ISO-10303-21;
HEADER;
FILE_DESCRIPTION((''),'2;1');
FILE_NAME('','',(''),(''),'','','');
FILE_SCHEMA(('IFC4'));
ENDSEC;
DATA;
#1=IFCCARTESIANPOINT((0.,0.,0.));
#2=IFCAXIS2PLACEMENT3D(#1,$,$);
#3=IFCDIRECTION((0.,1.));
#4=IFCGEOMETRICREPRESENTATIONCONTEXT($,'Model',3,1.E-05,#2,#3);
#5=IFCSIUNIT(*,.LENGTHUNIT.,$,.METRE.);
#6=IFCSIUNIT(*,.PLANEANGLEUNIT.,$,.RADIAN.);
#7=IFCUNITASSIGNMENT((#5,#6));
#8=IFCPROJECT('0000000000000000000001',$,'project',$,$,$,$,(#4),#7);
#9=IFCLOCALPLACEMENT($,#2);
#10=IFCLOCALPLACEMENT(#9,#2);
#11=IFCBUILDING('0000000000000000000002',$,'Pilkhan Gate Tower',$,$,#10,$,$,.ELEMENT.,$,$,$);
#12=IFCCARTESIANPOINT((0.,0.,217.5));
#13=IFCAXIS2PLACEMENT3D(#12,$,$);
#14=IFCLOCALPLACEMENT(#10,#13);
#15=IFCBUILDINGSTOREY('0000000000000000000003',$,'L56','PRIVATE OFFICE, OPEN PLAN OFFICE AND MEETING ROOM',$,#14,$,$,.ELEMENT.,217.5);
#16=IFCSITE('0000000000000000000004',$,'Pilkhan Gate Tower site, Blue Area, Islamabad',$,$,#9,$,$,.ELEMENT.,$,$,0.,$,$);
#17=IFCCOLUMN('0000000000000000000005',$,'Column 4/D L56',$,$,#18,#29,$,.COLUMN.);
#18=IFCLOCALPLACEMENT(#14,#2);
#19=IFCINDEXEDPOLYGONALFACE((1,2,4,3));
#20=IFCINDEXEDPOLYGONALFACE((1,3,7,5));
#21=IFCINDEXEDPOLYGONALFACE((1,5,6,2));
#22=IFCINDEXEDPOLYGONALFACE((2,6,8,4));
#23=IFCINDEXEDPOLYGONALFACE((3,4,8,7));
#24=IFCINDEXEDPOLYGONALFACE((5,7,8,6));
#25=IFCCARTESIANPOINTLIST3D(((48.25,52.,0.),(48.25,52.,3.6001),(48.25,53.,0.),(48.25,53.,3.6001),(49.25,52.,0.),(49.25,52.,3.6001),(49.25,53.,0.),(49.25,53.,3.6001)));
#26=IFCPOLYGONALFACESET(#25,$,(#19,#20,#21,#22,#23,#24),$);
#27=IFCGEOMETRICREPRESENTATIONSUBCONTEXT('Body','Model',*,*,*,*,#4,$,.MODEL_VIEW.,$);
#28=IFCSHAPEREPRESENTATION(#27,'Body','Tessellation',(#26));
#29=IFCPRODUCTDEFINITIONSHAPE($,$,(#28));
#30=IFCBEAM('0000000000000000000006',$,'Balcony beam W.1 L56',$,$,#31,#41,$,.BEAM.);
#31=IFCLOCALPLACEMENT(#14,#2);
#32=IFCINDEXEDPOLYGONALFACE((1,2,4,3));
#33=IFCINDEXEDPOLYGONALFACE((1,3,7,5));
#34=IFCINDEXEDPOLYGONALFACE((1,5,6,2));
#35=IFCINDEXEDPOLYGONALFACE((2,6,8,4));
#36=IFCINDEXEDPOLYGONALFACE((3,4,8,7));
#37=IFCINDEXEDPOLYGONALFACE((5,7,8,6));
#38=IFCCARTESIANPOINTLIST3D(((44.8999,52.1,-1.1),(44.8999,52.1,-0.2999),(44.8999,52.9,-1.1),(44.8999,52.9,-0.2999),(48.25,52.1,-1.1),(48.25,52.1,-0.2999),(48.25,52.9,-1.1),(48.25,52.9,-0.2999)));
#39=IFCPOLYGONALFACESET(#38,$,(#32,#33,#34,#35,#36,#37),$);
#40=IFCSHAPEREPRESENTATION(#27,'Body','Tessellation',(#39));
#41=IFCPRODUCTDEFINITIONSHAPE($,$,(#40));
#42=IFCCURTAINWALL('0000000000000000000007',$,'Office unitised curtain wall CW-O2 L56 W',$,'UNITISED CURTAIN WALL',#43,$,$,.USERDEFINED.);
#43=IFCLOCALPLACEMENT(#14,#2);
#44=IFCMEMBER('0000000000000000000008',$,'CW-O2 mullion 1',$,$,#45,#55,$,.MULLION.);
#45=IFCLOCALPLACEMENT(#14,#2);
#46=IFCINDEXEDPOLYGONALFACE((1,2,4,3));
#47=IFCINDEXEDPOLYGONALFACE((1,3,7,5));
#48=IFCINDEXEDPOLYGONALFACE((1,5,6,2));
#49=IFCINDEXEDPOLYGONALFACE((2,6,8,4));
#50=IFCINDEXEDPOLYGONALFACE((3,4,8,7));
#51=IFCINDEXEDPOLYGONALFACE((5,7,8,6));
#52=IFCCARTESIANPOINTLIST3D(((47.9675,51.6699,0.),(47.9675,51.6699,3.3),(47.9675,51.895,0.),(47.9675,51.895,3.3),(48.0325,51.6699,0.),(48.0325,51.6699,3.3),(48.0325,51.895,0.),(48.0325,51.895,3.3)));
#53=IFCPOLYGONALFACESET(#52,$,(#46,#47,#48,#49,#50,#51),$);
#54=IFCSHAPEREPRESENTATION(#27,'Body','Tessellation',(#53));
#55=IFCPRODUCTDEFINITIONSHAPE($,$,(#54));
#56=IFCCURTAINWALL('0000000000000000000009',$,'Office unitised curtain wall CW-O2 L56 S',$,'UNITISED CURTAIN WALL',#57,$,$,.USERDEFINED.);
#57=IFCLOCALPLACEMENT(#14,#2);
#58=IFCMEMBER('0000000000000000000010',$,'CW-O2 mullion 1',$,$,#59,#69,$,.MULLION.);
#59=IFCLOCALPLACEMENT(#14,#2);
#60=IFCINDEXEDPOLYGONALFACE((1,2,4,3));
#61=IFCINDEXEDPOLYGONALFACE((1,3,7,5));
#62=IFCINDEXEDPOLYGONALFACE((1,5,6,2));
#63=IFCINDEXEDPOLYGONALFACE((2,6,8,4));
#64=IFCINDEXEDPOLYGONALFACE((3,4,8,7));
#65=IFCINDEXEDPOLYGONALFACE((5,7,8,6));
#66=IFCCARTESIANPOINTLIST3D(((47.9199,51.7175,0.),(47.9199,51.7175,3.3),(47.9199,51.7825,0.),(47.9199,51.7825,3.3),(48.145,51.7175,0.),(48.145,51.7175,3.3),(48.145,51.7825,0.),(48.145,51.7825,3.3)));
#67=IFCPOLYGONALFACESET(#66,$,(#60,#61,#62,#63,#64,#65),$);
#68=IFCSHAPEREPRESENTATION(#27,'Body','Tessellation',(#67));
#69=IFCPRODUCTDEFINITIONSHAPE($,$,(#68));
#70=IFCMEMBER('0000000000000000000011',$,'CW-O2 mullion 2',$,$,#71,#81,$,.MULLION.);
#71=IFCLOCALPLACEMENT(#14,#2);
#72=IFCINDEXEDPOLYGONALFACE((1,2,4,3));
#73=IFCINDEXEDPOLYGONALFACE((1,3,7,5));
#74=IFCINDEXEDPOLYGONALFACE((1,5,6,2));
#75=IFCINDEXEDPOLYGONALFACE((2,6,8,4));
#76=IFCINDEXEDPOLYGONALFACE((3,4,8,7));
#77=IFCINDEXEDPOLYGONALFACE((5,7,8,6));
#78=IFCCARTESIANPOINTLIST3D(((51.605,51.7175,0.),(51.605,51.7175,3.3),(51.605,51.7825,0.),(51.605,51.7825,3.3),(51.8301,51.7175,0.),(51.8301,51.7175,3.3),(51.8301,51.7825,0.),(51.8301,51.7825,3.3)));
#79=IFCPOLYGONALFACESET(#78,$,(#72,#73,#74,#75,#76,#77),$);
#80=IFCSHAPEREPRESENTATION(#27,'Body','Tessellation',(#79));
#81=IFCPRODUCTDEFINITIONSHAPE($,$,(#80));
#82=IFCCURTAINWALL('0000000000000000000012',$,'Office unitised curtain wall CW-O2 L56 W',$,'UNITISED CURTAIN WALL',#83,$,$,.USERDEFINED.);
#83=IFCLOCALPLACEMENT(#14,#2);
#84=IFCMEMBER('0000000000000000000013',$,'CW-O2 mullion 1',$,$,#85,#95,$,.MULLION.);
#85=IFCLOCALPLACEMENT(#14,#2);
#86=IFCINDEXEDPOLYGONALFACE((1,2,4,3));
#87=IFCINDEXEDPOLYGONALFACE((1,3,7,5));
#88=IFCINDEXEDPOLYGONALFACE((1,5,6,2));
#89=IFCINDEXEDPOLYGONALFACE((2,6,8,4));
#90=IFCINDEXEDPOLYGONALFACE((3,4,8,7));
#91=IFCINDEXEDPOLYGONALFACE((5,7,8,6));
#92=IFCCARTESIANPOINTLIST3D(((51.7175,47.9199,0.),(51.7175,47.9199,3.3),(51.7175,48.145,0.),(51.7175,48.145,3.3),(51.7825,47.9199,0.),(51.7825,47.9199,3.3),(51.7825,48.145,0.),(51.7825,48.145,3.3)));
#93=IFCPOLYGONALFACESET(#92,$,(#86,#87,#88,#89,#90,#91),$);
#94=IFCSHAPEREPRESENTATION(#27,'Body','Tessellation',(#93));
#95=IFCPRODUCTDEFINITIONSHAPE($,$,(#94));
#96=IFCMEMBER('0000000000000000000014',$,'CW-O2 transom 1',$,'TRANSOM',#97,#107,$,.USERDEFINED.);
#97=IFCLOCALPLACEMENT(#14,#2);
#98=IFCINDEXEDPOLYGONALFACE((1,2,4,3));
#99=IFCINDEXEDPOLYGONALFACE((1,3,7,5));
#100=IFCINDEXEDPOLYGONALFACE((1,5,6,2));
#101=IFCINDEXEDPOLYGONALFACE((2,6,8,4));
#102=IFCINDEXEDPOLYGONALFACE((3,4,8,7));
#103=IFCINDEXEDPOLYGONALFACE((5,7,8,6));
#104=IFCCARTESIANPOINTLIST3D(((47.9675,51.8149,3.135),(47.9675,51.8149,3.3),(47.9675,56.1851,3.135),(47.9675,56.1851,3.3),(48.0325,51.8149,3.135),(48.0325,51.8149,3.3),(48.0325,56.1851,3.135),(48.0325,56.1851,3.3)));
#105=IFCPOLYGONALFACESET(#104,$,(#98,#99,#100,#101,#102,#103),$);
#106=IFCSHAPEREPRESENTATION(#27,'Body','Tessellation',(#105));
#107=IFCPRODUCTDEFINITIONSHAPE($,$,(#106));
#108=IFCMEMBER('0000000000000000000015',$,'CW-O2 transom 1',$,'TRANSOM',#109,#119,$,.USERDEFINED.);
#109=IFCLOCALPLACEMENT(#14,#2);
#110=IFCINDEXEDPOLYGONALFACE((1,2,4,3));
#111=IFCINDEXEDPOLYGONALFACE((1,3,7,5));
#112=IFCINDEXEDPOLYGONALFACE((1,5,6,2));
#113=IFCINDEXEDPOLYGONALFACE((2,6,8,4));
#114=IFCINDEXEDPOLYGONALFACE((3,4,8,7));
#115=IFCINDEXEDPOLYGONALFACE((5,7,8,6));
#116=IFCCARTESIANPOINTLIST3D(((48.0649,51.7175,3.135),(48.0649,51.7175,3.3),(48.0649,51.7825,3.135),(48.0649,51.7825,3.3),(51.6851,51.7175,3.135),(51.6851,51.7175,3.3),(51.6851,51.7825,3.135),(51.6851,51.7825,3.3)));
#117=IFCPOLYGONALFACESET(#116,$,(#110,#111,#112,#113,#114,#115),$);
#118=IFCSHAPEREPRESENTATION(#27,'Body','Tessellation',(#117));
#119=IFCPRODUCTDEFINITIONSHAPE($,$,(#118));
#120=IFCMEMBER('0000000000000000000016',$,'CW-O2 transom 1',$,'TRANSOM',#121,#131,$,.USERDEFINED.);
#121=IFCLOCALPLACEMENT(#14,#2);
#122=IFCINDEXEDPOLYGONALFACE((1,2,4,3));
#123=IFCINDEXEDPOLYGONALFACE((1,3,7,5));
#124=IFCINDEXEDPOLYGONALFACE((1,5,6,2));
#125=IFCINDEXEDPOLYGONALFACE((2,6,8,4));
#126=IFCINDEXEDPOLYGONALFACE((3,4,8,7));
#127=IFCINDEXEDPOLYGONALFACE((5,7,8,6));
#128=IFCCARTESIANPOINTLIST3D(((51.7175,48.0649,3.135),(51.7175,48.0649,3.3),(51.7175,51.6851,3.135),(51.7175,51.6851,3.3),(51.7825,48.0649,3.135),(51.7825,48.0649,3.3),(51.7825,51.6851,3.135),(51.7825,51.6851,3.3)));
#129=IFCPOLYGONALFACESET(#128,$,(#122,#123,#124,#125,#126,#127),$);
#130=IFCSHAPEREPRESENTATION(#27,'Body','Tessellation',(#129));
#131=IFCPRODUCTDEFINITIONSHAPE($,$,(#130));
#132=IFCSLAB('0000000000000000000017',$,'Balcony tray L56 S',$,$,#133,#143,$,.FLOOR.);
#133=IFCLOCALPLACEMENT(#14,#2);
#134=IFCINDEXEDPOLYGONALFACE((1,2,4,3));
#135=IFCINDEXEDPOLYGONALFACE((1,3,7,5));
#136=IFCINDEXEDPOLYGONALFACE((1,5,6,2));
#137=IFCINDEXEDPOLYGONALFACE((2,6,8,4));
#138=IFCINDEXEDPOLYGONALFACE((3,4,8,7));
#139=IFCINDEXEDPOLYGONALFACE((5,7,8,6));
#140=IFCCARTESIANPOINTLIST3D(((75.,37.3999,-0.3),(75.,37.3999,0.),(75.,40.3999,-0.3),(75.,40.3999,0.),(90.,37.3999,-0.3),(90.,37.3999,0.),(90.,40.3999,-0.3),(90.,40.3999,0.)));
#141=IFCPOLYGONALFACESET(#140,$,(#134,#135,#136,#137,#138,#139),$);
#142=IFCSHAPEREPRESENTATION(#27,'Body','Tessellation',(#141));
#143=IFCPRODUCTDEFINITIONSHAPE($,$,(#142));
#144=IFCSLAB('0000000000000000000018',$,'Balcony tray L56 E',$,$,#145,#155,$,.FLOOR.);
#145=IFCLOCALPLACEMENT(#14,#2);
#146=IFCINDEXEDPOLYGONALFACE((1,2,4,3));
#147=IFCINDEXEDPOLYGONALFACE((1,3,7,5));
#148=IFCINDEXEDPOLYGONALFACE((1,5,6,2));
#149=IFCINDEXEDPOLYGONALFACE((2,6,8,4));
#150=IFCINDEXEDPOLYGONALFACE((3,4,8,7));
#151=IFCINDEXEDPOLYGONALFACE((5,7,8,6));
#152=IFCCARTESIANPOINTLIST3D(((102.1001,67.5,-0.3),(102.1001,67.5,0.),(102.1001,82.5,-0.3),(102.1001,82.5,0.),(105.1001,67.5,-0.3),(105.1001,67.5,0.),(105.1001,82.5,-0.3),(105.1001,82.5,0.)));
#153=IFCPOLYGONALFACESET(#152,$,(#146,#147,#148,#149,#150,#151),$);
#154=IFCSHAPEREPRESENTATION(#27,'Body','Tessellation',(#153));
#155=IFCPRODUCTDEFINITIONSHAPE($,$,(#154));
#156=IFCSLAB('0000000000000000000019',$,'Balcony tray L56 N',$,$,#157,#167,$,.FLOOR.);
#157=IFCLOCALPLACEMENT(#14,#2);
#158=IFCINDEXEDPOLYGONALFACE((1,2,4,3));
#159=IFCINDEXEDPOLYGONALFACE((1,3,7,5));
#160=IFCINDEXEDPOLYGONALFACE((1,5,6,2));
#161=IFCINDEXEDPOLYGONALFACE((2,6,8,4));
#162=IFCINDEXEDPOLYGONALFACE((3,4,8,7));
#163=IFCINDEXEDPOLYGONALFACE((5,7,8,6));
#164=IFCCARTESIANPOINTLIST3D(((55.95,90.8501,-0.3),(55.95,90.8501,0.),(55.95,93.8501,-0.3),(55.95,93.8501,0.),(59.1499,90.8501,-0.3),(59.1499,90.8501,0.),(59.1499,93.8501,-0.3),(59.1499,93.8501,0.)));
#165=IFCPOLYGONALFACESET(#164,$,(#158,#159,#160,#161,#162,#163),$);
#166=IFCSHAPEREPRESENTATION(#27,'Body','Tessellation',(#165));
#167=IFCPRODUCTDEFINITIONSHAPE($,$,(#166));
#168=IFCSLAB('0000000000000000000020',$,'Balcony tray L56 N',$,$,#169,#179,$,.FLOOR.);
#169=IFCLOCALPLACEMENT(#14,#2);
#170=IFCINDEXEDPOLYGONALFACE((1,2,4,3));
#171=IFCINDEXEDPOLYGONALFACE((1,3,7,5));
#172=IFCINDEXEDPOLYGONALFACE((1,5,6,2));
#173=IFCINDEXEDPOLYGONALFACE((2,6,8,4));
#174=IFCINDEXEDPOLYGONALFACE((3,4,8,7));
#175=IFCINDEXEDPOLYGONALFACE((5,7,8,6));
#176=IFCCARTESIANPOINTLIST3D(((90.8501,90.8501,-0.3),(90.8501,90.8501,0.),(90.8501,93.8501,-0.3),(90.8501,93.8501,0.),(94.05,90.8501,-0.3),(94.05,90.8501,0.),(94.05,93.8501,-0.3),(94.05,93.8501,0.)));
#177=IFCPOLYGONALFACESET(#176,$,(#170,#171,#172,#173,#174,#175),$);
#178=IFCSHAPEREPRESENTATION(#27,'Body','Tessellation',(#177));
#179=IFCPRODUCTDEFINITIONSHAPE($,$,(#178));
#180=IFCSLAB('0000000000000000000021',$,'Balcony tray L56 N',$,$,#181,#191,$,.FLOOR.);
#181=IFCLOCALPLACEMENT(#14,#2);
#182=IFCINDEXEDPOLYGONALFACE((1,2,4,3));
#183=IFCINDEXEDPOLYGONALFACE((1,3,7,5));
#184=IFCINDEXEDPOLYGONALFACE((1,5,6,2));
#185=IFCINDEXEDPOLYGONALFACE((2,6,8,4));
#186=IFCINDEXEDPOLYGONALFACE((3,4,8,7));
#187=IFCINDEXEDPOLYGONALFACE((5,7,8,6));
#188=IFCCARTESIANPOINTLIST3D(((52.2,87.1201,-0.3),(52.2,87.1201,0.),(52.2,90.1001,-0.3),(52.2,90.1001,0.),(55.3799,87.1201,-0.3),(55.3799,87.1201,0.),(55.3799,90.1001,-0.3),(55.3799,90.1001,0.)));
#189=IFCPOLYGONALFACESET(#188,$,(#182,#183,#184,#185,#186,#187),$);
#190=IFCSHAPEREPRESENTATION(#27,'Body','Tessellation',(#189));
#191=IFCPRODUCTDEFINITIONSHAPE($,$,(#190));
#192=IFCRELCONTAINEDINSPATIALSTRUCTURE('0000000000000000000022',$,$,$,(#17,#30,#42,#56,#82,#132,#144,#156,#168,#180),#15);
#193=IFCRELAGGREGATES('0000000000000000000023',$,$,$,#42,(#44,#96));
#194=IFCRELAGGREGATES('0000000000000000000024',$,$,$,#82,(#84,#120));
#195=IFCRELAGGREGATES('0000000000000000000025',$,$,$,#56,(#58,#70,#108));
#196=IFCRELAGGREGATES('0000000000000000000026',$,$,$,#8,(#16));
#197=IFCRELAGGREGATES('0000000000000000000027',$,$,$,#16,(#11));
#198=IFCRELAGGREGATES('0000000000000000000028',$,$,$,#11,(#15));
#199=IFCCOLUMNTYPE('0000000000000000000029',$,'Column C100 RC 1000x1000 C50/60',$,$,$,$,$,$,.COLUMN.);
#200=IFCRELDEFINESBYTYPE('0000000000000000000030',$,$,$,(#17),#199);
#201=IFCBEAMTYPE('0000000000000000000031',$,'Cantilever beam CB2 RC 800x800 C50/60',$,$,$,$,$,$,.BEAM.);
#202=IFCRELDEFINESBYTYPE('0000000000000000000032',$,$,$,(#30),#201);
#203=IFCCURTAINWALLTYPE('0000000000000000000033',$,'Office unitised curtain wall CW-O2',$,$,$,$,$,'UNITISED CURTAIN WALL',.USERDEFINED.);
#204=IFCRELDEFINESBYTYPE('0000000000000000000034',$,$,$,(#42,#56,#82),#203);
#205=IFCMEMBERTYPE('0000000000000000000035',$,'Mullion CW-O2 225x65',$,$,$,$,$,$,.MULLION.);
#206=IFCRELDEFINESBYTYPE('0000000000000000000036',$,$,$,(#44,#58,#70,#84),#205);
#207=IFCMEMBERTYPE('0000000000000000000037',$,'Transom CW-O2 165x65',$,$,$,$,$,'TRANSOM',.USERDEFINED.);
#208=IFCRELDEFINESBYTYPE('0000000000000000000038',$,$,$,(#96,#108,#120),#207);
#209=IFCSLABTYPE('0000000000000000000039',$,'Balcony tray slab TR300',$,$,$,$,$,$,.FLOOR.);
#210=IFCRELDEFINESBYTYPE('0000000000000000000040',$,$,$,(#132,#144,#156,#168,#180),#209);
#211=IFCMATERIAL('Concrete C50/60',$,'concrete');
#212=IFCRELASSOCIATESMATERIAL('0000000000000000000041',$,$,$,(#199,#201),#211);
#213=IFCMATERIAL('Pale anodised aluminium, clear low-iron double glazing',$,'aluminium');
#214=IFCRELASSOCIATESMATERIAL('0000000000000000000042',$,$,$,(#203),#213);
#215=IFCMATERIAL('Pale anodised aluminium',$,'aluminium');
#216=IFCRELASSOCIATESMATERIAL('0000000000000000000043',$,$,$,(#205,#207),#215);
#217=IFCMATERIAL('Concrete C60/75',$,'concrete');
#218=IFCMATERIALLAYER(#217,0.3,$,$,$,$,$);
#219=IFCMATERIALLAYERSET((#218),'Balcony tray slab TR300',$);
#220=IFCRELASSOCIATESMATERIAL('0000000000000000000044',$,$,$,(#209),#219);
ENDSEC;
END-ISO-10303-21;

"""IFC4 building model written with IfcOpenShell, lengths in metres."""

from ifc_helpers import new_model, si_unit, direction, frame, origin, origin_2d, place, context, subcontext, project, spatial, polyline, rectangle, outline, extrude, material, layer, layer_set, material_profile, profile_set, type_object, element, aggregate, save


model = new_model("IFC4")

# Units and contexts
model_context = context("Model", 3, precision=1e-05, world=origin(), true_north=direction((0.0, 1.0)))
body_context = subcontext(model_context, "Body", "Model", "MODEL_VIEW")
ifc_project = project(units=[si_unit("LENGTHUNIT", "METRE"), si_unit("PLANEANGLEUNIT", "RADIAN")], contexts=[model_context])

# Site, building, storey
site_placement = place(None, origin())
site = spatial("IfcSite", under=ifc_project, at=site_placement, Name="Pilkhan Gate Tower site, Blue Area, Islamabad", CompositionType="ELEMENT", RefElevation=0.0)
building_placement = place(site_placement, origin())
building = spatial("IfcBuilding", under=site, at=building_placement, Name="Pilkhan Gate Tower", CompositionType="ELEMENT")
storey_placement = place(building_placement, frame((0.0, 0.0, 217.5)))
storey = spatial("IfcBuildingStorey", under=building, at=storey_placement, Name="L56", Description="PRIVATE OFFICE, OPEN PLAN OFFICE AND MEETING ROOM", CompositionType="ELEMENT", Elevation=217.5)

# Column
ifc_material_1 = material(Name="Concrete C50/60", Category="concrete")
ifc_material_profile_1 = material_profile(ifc_material_1, rectangle(XDim=1.0, YDim=1.0, at=origin_2d()), Name="RC 1000x1000")
ifc_profile_set_1 = profile_set([ifc_material_profile_1], Name="Concrete C50/60")
column_type = type_object("IfcColumnType", Name="Column C100 RC 1000x1000 C50/60", PredefinedType="COLUMN", material=ifc_profile_set_1)
column_placement = place(storey_placement, frame((48.75, 52.5, 0.0), z_axis=(0.0, 0.0, 1.0), x_axis=(1.0, 0.0, 0.0)))
element("IfcColumn", 1, at=column_placement, inside=storey, type_object=column_type, Name="Column 4/D L56", PredefinedType="COLUMN", context=body_context, shape_type="SweptSolid", body=[
    extrude(rectangle(XDim=1.0, YDim=1.0, at=origin_2d()), origin(), (0.0, 0.0, 1.0), 3.6001),
])

# Beam
ifc_material_profile_2 = material_profile(ifc_material_1, rectangle(XDim=0.8, YDim=0.8, at=origin_2d()), Name="RC 800x800")
ifc_profile_set_2 = profile_set([ifc_material_profile_2], Name="Concrete C50/60")
beam_type = type_object("IfcBeamType", Name="Cantilever beam CB2 RC 800x800 C50/60", PredefinedType="BEAM", material=ifc_profile_set_2)
beam_placement = place(storey_placement, frame((48.25, 52.5, -0.7), z_axis=(-1.0, 0.0, 0.0), x_axis=(0.0, -1.0, 0.0)))
element("IfcBeam", 2, at=beam_placement, inside=storey, type_object=beam_type, Name="Balcony beam W.1 L56", PredefinedType="BEAM", context=body_context, shape_type="SweptSolid", body=[
    extrude(rectangle(XDim=0.8, YDim=0.8, at=origin_2d()), origin(), (0.0, 0.0, 1.0), 3.3501),
])

# Curtain wall, member
ifc_material_2 = material(Name="Pale anodised aluminium, clear low-iron double glazing", Category="aluminium")
curtain_wall_type = type_object("IfcCurtainWallType", Name="Office unitised curtain wall CW-O2", ElementType="UNITISED CURTAIN WALL", PredefinedType="USERDEFINED", material=ifc_material_2)
curtain_wall_1_placement = place(storey_placement, origin())
curtain_wall_1 = element("IfcCurtainWall", 3, at=curtain_wall_1_placement, inside=storey, type_object=curtain_wall_type, Name="Office unitised curtain wall CW-O2 L56 W", ObjectType="UNITISED CURTAIN WALL", PredefinedType="USERDEFINED")
ifc_material_3 = material(Name="Pale anodised aluminium", Category="aluminium")
ifc_material_profile_3 = material_profile(ifc_material_3, rectangle(XDim=0.0649, YDim=0.2251, at=origin_2d()), Name="Mullion 225x65")
ifc_profile_set_3 = profile_set([ifc_material_profile_3], Name="Pale anodised aluminium")
member_type_1 = type_object("IfcMemberType", Name="Mullion CW-O2 225x65", PredefinedType="MULLION", material=ifc_profile_set_3)
member_1_placement = place(storey_placement, frame((48.0, 51.7825, 0.0), z_axis=(0.0, 0.0, 1.0), x_axis=(-1.0, 0.0, 0.0)))
member_1 = element("IfcMember", 4, at=member_1_placement, type_object=member_type_1, Name="CW-O2 mullion 1", PredefinedType="MULLION", context=body_context, shape_type="SweptSolid", body=[
    extrude(rectangle(XDim=0.0649, YDim=0.2251, at=origin_2d()), origin(), (0.0, 0.0, 1.0), 3.3),
])

# Curtain wall, members
curtain_wall_2_placement = place(storey_placement, origin())
curtain_wall_2 = element("IfcCurtainWall", 5, at=curtain_wall_2_placement, inside=storey, type_object=curtain_wall_type, Name="Office unitised curtain wall CW-O2 L56 S", ObjectType="UNITISED CURTAIN WALL", PredefinedType="USERDEFINED")
member_2_placement = place(storey_placement, frame((48.0325, 51.75, 0.0), z_axis=(0.0, 0.0, 1.0), x_axis=(0.0, 1.0, 0.0)))
member_2 = element("IfcMember", 6, at=member_2_placement, type_object=member_type_1, Name="CW-O2 mullion 1", PredefinedType="MULLION", context=body_context, shape_type="SweptSolid", body=[
    extrude(rectangle(XDim=0.0649, YDim=0.2251, at=origin_2d()), origin(), (0.0, 0.0, 1.0), 3.3),
])
member_3_placement = place(storey_placement, frame((51.7175, 51.75, 0.0), z_axis=(0.0, 0.0, 1.0), x_axis=(0.0, 1.0, 0.0)))
member_3 = element("IfcMember", 7, at=member_3_placement, type_object=member_type_1, Name="CW-O2 mullion 2", PredefinedType="MULLION", context=body_context, shape_type="SweptSolid", body=[
    extrude(rectangle(XDim=0.0649, YDim=0.2251, at=origin_2d()), origin(), (0.0, 0.0, 1.0), 3.3),
])

# Curtain wall, member
curtain_wall_3_placement = place(storey_placement, origin())
curtain_wall_3 = element("IfcCurtainWall", 8, at=curtain_wall_3_placement, inside=storey, type_object=curtain_wall_type, Name="Office unitised curtain wall CW-O2 L56 W", ObjectType="UNITISED CURTAIN WALL", PredefinedType="USERDEFINED")
member_4_placement = place(storey_placement, frame((51.75, 48.0325, 0.0), z_axis=(0.0, 0.0, 1.0), x_axis=(-1.0, 0.0, 0.0)))
member_4 = element("IfcMember", 9, at=member_4_placement, type_object=member_type_1, Name="CW-O2 mullion 1", PredefinedType="MULLION", context=body_context, shape_type="SweptSolid", body=[
    extrude(rectangle(XDim=0.0649, YDim=0.2251, at=origin_2d()), origin(), (0.0, 0.0, 1.0), 3.3),
])

# Members
ifc_material_profile_4 = material_profile(ifc_material_3, rectangle(XDim=0.0649, YDim=0.165, at=origin_2d()), Name="Transom 165x65")
ifc_profile_set_4 = profile_set([ifc_material_profile_4], Name="Pale anodised aluminium")
member_type_2 = type_object("IfcMemberType", Name="Transom CW-O2 165x65", ElementType="TRANSOM", PredefinedType="USERDEFINED", material=ifc_profile_set_4)
member_5_placement = place(storey_placement, frame((48.0, 51.8149, 3.2175), z_axis=(0.0, 1.0, 0.0), x_axis=(-1.0, 0.0, 0.0)))
member_5 = element("IfcMember", 10, at=member_5_placement, type_object=member_type_2, Name="CW-O2 transom 1", ObjectType="TRANSOM", PredefinedType="USERDEFINED", context=body_context, shape_type="SweptSolid", body=[
    extrude(rectangle(XDim=0.0649, YDim=0.165, at=origin_2d()), origin(), (0.0, 0.0, 1.0), 4.3701),
])
aggregate(curtain_wall_1, [member_1, member_5])
member_6_placement = place(storey_placement, frame((48.0649, 51.75, 3.2175), z_axis=(1.0, 0.0, 0.0), x_axis=(0.0, 1.0, 0.0)))
member_6 = element("IfcMember", 11, at=member_6_placement, type_object=member_type_2, Name="CW-O2 transom 1", ObjectType="TRANSOM", PredefinedType="USERDEFINED", context=body_context, shape_type="SweptSolid", body=[
    extrude(rectangle(XDim=0.0649, YDim=0.165, at=origin_2d()), origin(), (0.0, 0.0, 1.0), 3.6201),
])
member_7_placement = place(storey_placement, frame((51.75, 48.0649, 3.2175), z_axis=(0.0, 1.0, 0.0), x_axis=(-1.0, 0.0, 0.0)))
member_7 = element("IfcMember", 12, at=member_7_placement, type_object=member_type_2, Name="CW-O2 transom 1", ObjectType="TRANSOM", PredefinedType="USERDEFINED", context=body_context, shape_type="SweptSolid", body=[
    extrude(rectangle(XDim=0.0649, YDim=0.165, at=origin_2d()), origin(), (0.0, 0.0, 1.0), 3.6201),
])
aggregate(curtain_wall_3, [member_4, member_7])

# Slabs
ifc_material_4 = material(Name="Concrete C60/75", Category="concrete")
ifc_layer_1 = layer(ifc_material_4, 0.3)
ifc_layer_set_1 = layer_set([ifc_layer_1], Name="Balcony tray slab TR300")
slab_type_1 = type_object("IfcSlabType", Name="Balcony tray slab TR300", PredefinedType="FLOOR", material=ifc_layer_set_1)
slab_1_placement = place(storey_placement, frame((0.0, 0.0, -0.3)))
element("IfcSlab", 13, at=slab_1_placement, inside=storey, type_object=slab_type_1, Name="Balcony tray L56 S", PredefinedType="FLOOR", context=body_context, shape_type="SweptSolid", body=[
    extrude(outline(polyline([(90.0, 37.3999), (90.0, 40.3999), (75.0, 40.3999), (75.0, 37.3999), (90.0, 37.3999)])), origin(), (0.0, 0.0, 1.0), 0.3),
])
slab_2_placement = place(storey_placement, frame((0.0, 0.0, -0.3)))
element("IfcSlab", 14, at=slab_2_placement, inside=storey, type_object=slab_type_1, Name="Balcony tray L56 E", PredefinedType="FLOOR", context=body_context, shape_type="SweptSolid", body=[
    extrude(outline(polyline([(105.1001, 67.5), (105.1001, 82.5), (102.1001, 82.5), (102.1001, 67.5), (105.1001, 67.5)])), origin(), (0.0, 0.0, 1.0), 0.3),
])
slab_3_placement = place(storey_placement, frame((0.0, 0.0, -0.3)))
element("IfcSlab", 15, at=slab_3_placement, inside=storey, type_object=slab_type_1, Name="Balcony tray L56 N", PredefinedType="FLOOR", context=body_context, shape_type="SweptSolid", body=[
    extrude(outline(polyline([(59.1499, 90.8501), (59.1499, 93.8501), (55.95, 93.8501), (55.95, 90.8501), (59.1499, 90.8501)])), origin(), (0.0, 0.0, 1.0), 0.3),
])
slab_4_placement = place(storey_placement, frame((0.0, 0.0, -0.3)))
element("IfcSlab", 16, at=slab_4_placement, inside=storey, type_object=slab_type_1, Name="Balcony tray L56 N", PredefinedType="FLOOR", context=body_context, shape_type="SweptSolid", body=[
    extrude(outline(polyline([(94.05, 90.8501), (94.05, 93.8501), (90.8501, 93.8501), (90.8501, 90.8501), (94.05, 90.8501)])), origin(), (0.0, 0.0, 1.0), 0.3),
])
slab_5_placement = place(storey_placement, frame((0.0, 0.0, -0.3)))
element("IfcSlab", 17, at=slab_5_placement, inside=storey, type_object=slab_type_1, Name="Balcony tray L56 N", PredefinedType="FLOOR", context=body_context, shape_type="SweptSolid", body=[
    extrude(outline(polyline([(55.3799, 87.1201), (55.3799, 90.1001), (52.2, 90.1001), (52.2, 87.1201), (55.3799, 87.1201)])), origin(), (0.0, 0.0, 1.0), 0.3),
])

aggregate(curtain_wall_2, [member_2, member_3, member_6])

save(model, "model.ifc")
